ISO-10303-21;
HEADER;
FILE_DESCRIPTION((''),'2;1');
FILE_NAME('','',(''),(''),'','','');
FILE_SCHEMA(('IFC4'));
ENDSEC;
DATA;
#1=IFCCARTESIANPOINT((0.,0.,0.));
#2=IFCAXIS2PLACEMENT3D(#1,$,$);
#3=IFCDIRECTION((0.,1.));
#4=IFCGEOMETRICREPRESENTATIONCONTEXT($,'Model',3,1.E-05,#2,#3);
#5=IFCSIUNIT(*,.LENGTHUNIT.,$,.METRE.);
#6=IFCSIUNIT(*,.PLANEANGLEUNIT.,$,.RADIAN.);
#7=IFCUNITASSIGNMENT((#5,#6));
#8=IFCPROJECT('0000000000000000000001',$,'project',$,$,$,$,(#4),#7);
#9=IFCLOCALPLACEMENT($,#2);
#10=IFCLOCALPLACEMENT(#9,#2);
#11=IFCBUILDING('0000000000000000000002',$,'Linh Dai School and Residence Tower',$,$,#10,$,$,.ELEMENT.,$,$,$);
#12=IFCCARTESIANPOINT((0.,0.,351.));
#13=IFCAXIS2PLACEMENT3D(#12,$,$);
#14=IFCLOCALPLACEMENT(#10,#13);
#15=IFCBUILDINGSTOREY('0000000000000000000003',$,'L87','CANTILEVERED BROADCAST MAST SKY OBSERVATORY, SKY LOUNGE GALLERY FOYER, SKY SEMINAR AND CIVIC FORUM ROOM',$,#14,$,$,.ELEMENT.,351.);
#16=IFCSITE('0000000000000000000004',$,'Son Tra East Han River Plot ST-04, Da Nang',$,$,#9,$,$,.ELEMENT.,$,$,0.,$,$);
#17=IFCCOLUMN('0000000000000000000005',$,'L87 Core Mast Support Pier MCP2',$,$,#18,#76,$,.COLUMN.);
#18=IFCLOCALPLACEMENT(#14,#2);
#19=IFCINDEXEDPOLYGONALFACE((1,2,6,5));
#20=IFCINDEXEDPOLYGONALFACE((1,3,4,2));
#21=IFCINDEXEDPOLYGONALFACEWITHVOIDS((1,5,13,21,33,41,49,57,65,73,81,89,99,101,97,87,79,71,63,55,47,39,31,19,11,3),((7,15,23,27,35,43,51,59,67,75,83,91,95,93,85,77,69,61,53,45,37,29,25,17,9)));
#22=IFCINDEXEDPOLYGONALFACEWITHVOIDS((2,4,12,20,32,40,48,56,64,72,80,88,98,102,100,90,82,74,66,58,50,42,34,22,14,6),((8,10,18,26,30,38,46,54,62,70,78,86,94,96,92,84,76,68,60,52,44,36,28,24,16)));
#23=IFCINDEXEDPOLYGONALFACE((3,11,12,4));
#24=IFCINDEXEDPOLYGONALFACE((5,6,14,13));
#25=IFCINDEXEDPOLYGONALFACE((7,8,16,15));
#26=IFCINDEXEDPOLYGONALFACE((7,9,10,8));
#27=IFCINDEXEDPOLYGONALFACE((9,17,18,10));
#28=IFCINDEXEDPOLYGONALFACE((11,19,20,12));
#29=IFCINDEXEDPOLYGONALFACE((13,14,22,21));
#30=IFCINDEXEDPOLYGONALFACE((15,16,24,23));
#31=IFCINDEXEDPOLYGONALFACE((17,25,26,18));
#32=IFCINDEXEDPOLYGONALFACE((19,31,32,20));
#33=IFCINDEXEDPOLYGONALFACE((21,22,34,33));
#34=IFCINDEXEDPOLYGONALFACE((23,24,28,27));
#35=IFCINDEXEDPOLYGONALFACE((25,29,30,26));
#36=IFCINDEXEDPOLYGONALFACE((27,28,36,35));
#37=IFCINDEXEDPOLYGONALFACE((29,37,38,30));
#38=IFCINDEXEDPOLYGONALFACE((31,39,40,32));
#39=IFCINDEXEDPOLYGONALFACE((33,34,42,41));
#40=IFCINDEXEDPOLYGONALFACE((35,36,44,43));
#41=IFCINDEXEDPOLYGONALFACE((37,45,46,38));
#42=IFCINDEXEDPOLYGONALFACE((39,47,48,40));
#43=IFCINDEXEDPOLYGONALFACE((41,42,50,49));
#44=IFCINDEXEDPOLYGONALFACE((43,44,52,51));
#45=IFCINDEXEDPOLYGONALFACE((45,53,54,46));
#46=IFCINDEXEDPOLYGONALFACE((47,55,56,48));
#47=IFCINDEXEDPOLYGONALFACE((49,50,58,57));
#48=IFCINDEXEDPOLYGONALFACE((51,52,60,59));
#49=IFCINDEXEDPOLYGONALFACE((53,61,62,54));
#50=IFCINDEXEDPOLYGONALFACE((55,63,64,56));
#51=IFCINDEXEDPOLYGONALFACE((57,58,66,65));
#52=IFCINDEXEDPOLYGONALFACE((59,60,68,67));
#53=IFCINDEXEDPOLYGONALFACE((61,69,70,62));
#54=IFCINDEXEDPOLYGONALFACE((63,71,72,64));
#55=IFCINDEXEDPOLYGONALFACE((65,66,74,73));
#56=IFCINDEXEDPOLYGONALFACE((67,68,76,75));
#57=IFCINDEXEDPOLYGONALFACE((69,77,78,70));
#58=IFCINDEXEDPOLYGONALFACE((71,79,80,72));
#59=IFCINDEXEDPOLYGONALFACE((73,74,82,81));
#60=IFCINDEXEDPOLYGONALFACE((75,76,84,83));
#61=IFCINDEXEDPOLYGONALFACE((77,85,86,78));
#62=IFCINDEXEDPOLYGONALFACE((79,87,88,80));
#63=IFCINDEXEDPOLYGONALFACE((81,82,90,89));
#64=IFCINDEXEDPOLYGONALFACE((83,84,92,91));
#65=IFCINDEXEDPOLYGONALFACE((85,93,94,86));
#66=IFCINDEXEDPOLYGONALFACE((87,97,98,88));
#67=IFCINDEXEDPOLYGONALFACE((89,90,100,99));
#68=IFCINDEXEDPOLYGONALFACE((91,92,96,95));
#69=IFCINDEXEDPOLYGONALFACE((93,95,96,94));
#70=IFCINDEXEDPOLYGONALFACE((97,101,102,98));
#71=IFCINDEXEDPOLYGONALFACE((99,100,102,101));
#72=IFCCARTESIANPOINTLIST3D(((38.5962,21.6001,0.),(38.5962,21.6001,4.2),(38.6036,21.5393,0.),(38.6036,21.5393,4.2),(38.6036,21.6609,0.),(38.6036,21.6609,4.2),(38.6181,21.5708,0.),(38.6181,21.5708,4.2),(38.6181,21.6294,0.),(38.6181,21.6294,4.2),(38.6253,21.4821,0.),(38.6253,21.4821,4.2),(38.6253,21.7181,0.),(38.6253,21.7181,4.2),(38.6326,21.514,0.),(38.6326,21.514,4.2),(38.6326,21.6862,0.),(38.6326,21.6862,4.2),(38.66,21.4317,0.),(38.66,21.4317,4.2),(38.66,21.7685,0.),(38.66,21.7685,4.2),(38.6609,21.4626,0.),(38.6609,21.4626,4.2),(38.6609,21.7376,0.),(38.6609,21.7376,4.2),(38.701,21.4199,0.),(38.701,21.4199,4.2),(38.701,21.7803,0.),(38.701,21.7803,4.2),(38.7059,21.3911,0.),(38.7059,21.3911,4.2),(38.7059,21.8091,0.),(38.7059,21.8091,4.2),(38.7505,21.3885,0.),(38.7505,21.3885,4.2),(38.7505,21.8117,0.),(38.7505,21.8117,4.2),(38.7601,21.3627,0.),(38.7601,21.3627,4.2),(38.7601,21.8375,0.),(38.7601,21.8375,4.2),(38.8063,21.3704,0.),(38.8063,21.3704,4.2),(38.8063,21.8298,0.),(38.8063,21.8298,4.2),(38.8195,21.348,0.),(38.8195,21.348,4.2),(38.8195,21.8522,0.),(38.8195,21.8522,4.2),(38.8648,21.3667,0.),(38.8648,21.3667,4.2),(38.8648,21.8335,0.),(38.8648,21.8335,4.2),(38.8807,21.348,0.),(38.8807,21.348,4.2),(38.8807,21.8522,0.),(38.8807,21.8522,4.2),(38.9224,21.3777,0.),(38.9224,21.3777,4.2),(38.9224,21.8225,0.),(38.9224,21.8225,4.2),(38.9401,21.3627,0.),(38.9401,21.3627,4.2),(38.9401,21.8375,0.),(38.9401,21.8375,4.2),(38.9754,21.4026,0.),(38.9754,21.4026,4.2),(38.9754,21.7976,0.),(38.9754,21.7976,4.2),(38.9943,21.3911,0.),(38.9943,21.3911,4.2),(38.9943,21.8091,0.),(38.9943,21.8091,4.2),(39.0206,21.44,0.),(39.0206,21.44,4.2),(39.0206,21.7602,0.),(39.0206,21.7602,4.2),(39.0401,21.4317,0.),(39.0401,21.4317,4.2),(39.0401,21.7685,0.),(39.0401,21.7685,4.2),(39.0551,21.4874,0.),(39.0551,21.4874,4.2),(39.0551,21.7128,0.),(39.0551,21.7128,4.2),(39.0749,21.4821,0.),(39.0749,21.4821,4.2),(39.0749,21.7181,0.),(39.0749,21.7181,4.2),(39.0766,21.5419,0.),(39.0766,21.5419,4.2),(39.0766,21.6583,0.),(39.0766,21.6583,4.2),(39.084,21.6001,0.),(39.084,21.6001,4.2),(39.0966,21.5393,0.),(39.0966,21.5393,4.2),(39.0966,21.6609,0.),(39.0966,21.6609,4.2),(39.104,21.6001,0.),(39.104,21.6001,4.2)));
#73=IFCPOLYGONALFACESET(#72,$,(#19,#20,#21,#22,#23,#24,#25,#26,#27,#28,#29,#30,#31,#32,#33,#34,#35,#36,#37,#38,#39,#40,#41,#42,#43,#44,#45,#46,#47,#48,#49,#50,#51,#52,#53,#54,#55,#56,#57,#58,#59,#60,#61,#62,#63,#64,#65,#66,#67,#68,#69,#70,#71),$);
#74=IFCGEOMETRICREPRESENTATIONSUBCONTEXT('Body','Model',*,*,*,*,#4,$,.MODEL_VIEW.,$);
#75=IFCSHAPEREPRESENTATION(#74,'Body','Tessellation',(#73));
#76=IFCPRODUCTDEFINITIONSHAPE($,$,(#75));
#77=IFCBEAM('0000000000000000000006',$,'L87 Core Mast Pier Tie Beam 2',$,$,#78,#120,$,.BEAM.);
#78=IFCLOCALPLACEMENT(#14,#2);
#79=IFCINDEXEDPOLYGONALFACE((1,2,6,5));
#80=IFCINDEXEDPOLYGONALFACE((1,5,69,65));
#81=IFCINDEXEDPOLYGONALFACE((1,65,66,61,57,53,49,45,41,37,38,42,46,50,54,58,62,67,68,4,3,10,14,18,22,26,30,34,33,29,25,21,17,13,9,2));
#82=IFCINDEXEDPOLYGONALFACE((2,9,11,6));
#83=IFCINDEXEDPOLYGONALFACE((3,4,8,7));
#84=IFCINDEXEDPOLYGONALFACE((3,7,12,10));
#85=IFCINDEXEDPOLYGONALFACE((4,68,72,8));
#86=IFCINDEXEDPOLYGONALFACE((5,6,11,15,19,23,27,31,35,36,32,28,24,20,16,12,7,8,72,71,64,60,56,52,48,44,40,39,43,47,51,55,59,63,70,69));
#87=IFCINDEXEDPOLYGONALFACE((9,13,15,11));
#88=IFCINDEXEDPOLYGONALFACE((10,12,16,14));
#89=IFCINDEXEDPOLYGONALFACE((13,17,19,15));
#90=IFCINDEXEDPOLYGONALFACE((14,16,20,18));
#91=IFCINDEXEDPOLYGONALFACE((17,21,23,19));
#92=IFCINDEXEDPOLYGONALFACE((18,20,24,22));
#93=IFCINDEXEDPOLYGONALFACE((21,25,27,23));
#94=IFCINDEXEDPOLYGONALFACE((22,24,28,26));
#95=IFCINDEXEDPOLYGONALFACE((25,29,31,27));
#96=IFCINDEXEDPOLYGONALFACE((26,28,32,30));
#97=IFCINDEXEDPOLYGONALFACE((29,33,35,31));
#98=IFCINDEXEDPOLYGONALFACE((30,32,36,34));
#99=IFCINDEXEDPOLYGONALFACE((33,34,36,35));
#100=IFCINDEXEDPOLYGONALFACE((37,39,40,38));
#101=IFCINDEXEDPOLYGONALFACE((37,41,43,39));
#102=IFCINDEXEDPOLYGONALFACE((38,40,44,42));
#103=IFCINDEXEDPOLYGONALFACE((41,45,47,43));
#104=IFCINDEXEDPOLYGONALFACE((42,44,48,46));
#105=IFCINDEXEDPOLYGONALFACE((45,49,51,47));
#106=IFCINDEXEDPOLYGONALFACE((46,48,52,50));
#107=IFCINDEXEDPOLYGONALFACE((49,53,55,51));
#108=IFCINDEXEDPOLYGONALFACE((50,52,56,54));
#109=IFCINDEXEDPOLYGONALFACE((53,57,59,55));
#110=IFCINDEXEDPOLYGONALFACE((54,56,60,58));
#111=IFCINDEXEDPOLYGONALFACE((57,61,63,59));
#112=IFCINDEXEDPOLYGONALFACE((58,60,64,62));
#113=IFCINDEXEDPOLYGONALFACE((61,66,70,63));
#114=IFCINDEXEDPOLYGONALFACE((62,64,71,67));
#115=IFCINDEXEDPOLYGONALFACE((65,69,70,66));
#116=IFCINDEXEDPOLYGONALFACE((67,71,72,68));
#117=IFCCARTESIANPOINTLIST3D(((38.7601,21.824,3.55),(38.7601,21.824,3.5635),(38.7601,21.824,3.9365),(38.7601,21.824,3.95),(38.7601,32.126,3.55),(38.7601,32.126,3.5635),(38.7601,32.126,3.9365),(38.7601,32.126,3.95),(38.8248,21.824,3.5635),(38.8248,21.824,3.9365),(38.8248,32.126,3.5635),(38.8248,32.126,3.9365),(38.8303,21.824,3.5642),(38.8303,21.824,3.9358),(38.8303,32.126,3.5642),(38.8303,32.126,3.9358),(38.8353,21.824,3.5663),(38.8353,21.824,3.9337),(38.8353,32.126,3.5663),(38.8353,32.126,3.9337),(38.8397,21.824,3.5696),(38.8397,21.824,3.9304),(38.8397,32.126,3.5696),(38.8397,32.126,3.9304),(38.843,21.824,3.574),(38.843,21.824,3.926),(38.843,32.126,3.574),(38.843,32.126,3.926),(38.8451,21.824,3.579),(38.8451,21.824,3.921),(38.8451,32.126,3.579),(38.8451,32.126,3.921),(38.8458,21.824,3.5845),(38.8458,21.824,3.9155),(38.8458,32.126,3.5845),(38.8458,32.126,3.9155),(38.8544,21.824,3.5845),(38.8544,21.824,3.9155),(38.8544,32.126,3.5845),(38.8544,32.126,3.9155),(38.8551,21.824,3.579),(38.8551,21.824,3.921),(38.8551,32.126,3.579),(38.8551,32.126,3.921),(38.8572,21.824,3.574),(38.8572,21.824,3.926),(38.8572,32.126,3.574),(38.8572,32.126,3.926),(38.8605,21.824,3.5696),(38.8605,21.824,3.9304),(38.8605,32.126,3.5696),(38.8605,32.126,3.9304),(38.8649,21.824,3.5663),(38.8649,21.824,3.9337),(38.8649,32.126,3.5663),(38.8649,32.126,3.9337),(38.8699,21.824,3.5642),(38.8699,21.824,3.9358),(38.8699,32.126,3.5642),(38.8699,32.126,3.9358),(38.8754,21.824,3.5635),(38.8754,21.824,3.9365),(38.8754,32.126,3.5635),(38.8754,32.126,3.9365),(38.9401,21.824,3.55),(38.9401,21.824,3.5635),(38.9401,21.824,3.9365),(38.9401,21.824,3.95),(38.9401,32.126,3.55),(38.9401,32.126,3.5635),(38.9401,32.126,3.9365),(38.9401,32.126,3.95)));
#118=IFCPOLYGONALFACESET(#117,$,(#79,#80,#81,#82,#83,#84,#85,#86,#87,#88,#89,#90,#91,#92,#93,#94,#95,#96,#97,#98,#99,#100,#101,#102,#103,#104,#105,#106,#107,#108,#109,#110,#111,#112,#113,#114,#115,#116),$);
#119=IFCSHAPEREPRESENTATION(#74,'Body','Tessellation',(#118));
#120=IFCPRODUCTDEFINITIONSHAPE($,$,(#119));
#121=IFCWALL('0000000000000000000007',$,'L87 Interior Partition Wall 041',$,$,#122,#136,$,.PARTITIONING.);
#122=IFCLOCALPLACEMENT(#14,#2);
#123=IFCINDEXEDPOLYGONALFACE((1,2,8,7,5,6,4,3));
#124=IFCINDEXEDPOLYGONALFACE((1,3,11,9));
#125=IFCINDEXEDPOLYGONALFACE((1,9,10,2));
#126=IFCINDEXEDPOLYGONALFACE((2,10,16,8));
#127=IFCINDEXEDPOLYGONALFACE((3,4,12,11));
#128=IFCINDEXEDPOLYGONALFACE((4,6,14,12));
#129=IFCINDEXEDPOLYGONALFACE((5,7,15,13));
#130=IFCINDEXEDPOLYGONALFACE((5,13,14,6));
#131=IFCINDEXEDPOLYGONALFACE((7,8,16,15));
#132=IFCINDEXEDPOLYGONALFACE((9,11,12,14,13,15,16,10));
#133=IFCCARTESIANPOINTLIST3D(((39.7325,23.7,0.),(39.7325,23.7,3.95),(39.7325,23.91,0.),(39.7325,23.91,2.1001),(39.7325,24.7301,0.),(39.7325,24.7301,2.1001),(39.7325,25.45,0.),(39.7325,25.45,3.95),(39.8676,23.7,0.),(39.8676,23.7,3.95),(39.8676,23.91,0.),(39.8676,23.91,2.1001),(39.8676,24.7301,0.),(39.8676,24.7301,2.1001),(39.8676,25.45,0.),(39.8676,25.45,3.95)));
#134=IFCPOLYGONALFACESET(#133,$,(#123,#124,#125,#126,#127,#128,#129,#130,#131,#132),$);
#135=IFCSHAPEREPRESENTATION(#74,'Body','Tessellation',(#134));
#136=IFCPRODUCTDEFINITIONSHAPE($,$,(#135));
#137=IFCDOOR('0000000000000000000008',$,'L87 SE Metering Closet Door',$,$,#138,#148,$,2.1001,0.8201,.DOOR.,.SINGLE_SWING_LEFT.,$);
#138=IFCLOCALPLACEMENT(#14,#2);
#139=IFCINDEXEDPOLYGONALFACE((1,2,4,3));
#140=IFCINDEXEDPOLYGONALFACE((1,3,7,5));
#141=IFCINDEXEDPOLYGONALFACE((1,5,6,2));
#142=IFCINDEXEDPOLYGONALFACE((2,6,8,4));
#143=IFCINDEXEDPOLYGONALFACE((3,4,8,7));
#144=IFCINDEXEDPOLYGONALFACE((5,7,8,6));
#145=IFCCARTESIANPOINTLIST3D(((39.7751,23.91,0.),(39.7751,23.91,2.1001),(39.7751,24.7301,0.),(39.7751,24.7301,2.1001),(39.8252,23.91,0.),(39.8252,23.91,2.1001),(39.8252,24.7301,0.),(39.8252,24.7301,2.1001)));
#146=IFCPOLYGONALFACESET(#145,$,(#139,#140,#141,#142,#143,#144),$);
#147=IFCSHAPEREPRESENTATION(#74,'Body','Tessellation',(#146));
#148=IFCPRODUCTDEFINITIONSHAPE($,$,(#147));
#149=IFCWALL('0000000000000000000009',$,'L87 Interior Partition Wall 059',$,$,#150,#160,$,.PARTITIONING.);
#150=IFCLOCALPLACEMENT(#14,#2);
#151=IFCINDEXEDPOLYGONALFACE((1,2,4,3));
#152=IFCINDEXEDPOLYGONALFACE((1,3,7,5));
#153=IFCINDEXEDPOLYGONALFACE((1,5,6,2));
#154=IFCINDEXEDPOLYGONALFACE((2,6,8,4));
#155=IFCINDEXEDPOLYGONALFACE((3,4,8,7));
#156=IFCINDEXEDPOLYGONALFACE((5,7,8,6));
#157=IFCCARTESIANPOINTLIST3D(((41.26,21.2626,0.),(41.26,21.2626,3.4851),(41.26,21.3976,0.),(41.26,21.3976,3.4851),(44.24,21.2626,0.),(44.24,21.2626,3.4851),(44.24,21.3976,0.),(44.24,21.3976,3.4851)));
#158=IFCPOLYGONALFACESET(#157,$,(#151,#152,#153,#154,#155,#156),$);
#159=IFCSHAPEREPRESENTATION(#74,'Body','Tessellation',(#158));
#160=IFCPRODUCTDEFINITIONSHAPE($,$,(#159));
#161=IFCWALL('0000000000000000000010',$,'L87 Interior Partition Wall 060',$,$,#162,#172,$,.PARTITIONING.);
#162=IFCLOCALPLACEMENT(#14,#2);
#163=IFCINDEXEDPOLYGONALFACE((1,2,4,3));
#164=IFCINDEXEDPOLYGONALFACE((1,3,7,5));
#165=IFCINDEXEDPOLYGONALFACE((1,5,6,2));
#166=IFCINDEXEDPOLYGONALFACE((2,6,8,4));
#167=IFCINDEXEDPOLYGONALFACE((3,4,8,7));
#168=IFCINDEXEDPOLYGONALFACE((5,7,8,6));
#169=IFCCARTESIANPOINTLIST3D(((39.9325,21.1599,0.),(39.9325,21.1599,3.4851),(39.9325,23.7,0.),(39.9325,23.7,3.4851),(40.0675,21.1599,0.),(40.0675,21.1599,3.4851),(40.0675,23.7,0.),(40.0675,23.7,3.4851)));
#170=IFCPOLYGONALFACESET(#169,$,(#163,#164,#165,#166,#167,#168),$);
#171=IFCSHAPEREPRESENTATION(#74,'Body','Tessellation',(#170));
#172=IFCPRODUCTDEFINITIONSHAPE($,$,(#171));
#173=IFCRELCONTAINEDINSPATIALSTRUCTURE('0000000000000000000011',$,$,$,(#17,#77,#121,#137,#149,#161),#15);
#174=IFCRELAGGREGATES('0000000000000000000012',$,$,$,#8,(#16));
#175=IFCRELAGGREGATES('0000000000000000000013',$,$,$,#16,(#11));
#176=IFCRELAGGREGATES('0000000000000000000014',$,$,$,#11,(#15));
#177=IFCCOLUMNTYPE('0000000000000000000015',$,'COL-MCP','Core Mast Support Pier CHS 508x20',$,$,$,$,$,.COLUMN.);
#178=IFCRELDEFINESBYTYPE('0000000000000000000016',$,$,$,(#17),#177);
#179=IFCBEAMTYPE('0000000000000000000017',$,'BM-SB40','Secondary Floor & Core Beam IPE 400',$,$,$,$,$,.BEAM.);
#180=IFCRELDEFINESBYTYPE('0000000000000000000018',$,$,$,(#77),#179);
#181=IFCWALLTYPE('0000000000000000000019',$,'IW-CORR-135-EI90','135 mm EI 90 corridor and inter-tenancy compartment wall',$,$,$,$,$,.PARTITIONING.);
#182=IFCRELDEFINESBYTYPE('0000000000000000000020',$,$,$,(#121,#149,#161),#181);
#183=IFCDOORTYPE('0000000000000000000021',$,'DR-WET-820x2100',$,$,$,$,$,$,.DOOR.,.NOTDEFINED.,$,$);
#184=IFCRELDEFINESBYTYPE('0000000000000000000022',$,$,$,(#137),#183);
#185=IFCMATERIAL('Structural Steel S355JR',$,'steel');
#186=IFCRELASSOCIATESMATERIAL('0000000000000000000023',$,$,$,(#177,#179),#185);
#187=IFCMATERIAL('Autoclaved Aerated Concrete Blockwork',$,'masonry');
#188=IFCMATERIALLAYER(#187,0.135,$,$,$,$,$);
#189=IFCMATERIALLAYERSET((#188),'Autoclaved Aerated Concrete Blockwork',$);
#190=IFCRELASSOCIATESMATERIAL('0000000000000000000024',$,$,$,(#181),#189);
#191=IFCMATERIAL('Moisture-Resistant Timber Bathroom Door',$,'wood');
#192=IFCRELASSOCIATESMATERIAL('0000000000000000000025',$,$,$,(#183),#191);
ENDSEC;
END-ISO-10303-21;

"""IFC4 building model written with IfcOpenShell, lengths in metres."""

from ifc_helpers import new_model, si_unit, direction, frame, frame_2d, origin, origin_2d, place, context, subcontext, project, spatial, rectangle, hollow_circle, i_section, extrude, source, transform, mapped, material, layer, layer_set, material_profile, profile_set, type_object, element, fill, save


model = new_model("IFC4")

# Units and contexts
model_context = context("Model", 3, precision=1e-05, world=origin(), true_north=direction((0.0, 1.0)))
body_context = subcontext(model_context, "Body", "Model", "MODEL_VIEW")
ifc_project = project(units=[si_unit("LENGTHUNIT", "METRE"), si_unit("PLANEANGLEUNIT", "RADIAN")], contexts=[model_context])

# Site, building, storey
site_placement = place(None, origin())
site = spatial("IfcSite", under=ifc_project, at=site_placement, Name="Son Tra East Han River Plot ST-04, Da Nang", CompositionType="ELEMENT", RefElevation=0.0)
building_placement = place(site_placement, origin())
building = spatial("IfcBuilding", under=site, at=building_placement, Name="Linh Dai School and Residence Tower", CompositionType="ELEMENT")
storey_placement = place(building_placement, frame((0.0, 0.0, 351.0)))
storey = spatial("IfcBuildingStorey", under=building, at=storey_placement, Name="L87", Description="CANTILEVERED BROADCAST MAST SKY OBSERVATORY, SKY LOUNGE GALLERY FOYER, SKY SEMINAR AND CIVIC FORUM ROOM", CompositionType="ELEMENT", Elevation=351.0)

# Column
ifc_material_1 = material(Name="Structural Steel S355JR", Category="steel")
ifc_material_profile_1 = material_profile(ifc_material_1, hollow_circle(Radius=0.2539, WallThickness=0.02, at=origin_2d()), Name="CHS 508x20")
ifc_profile_set_1 = profile_set([ifc_material_profile_1], Name="Structural Steel S355JR")
column_type_1 = type_object("IfcColumnType", Name="COL-MCP", Description="Core Mast Support Pier CHS 508x20", PredefinedType="COLUMN", material=ifc_profile_set_1)
column_placement = place(storey_placement, frame((38.8501, 21.6001, 0.0), z_axis=(0.0, 0.0, 1.0), x_axis=(1.0, 0.0, 0.0)))
element("IfcColumn", 1, at=column_placement, inside=storey, type_object=column_type_1, Name="L87 Core Mast Support Pier MCP2", PredefinedType="COLUMN", context=body_context, shape_type="SweptSolid", body=[
    extrude(hollow_circle(Radius=0.2539, WallThickness=0.02, at=origin_2d()), origin(), (0.0, 0.0, 1.0), 4.2),
])

# Beam
ifc_material_profile_2 = material_profile(ifc_material_1, i_section(OverallWidth=0.1799, OverallDepth=0.3999, WebThickness=0.0085, FlangeThickness=0.0134, FilletRadius=0.021, at=origin_2d()), Name="IPE 400")
ifc_profile_set_2 = profile_set([ifc_material_profile_2], Name="Structural Steel S355JR")
beam_type = type_object("IfcBeamType", Name="BM-SB40", Description="Secondary Floor & Core Beam IPE 400", PredefinedType="BEAM", material=ifc_profile_set_2)
beam_placement = place(storey_placement, frame((38.8501, 21.824, 3.75), z_axis=(0.0, 1.0, 0.0), x_axis=(-1.0, 0.0, 0.0)))
element("IfcBeam", 2, at=beam_placement, inside=storey, type_object=beam_type, Name="L87 Core Mast Pier Tie Beam 2", PredefinedType="BEAM", context=body_context, shape_type="SweptSolid", body=[
    extrude(i_section(OverallWidth=0.1799, OverallDepth=0.3999, WebThickness=0.0085, FlangeThickness=0.0134, FilletRadius=0.021, at=origin_2d()), origin(), (0.0, 0.0, 1.0), 10.302),
])

# Wall, opening, door
ifc_material_2 = material(Name="Autoclaved Aerated Concrete Blockwork", Category="masonry")
ifc_layer_1 = layer(ifc_material_2, 0.135)
ifc_layer_set_1 = layer_set([ifc_layer_1], Name="Autoclaved Aerated Concrete Blockwork")
wall_type_1 = type_object("IfcWallType", Name="IW-CORR-135-EI90", Description="135 mm EI 90 corridor and inter-tenancy compartment wall", PredefinedType="PARTITIONING", material=ifc_layer_set_1)
wall_1_placement = place(storey_placement, frame((39.8, 23.7, 0.0), z_axis=(0.0, 0.0, 1.0), x_axis=(0.0, 1.0, 0.0)))
wall_1 = element("IfcWall", 3, at=wall_1_placement, inside=storey, type_object=wall_type_1, Name="L87 Interior Partition Wall 041", PredefinedType="PARTITIONING", context=body_context, shape_type="SweptSolid", body=[
    extrude(rectangle(XDim=1.75, YDim=0.135, at=frame_2d((0.875, 0.0))), origin(), (0.0, 0.0, 1.0), 3.95),
])
opening_1_placement = place(wall_1_placement, frame((0.21, 0.0, 0.0)))
opening_1 = element("IfcOpeningElement", 4, at=opening_1_placement, cuts=wall_1, PredefinedType="OPENING", context=body_context, shape_type="SweptSolid", body=[
    extrude(rectangle(XDim=0.8201, YDim=2.1001, at=origin_2d()), frame((0.4102, 0.0776, 1.05), z_axis=(0.0, -1.0, 0.0), x_axis=(1.0, 0.0, 0.0)), (0.0, 0.0, 1.0), 0.155),
])
ifc_material_3 = material(Name="Moisture-Resistant Timber Bathroom Door", Category="wood")
door_type_1 = type_object("IfcDoorType", Name="DR-WET-820x2100", OperationType="NOTDEFINED", PredefinedType="DOOR", material=ifc_material_3)
shared_shape_1 = source(origin(), body_context, "Body", "SweptSolid", [
    extrude(rectangle(XDim=0.8201, YDim=2.1001, at=origin_2d()), frame((0.4102, 0.0249, 1.05), z_axis=(0.0, -1.0, 0.0), x_axis=(1.0, 0.0, 0.0)), (0.0, 0.0, 1.0), 0.05),
])
door_1_placement = place(opening_1_placement, origin())
door_1 = element("IfcDoor", 5, at=door_1_placement, inside=storey, type_object=door_type_1, Name="L87 SE Metering Closet Door", OperationType="SINGLE_SWING_LEFT", OverallHeight=2.1001, OverallWidth=0.8201, PredefinedType="DOOR", context=body_context, shape_type="MappedRepresentation", body=[
    mapped(shared_shape_1, transform((0.0, 0.0, 0.0), x_axis=(1.0, 0.0, 0.0), y_axis=(0.0, 1.0, 0.0), z_axis=(0.0, 0.0, 1.0), scale=1.0)),
])
fill(opening_1, door_1)

# Walls
wall_2_placement = place(storey_placement, frame((44.24, 21.3301, 0.0), z_axis=(0.0, 0.0, 1.0), x_axis=(-1.0, 0.0, 0.0)))
element("IfcWall", 6, at=wall_2_placement, inside=storey, type_object=wall_type_1, Name="L87 Interior Partition Wall 059", PredefinedType="PARTITIONING", context=body_context, shape_type="SweptSolid", body=[
    extrude(rectangle(XDim=2.98, YDim=0.135, at=frame_2d((1.49, 0.0))), origin(), (0.0, 0.0, 1.0), 3.4851),
])
wall_3_placement = place(storey_placement, frame((40.0, 23.7, 0.0), z_axis=(0.0, 0.0, 1.0), x_axis=(0.0, -1.0, 0.0)))
element("IfcWall", 7, at=wall_3_placement, inside=storey, type_object=wall_type_1, Name="L87 Interior Partition Wall 060", PredefinedType="PARTITIONING", context=body_context, shape_type="SweptSolid", body=[
    extrude(rectangle(XDim=2.54, YDim=0.135, at=frame_2d((1.27, 0.0))), origin(), (0.0, 0.0, 1.0), 3.4851),
])

save(model, "model.ifc")
